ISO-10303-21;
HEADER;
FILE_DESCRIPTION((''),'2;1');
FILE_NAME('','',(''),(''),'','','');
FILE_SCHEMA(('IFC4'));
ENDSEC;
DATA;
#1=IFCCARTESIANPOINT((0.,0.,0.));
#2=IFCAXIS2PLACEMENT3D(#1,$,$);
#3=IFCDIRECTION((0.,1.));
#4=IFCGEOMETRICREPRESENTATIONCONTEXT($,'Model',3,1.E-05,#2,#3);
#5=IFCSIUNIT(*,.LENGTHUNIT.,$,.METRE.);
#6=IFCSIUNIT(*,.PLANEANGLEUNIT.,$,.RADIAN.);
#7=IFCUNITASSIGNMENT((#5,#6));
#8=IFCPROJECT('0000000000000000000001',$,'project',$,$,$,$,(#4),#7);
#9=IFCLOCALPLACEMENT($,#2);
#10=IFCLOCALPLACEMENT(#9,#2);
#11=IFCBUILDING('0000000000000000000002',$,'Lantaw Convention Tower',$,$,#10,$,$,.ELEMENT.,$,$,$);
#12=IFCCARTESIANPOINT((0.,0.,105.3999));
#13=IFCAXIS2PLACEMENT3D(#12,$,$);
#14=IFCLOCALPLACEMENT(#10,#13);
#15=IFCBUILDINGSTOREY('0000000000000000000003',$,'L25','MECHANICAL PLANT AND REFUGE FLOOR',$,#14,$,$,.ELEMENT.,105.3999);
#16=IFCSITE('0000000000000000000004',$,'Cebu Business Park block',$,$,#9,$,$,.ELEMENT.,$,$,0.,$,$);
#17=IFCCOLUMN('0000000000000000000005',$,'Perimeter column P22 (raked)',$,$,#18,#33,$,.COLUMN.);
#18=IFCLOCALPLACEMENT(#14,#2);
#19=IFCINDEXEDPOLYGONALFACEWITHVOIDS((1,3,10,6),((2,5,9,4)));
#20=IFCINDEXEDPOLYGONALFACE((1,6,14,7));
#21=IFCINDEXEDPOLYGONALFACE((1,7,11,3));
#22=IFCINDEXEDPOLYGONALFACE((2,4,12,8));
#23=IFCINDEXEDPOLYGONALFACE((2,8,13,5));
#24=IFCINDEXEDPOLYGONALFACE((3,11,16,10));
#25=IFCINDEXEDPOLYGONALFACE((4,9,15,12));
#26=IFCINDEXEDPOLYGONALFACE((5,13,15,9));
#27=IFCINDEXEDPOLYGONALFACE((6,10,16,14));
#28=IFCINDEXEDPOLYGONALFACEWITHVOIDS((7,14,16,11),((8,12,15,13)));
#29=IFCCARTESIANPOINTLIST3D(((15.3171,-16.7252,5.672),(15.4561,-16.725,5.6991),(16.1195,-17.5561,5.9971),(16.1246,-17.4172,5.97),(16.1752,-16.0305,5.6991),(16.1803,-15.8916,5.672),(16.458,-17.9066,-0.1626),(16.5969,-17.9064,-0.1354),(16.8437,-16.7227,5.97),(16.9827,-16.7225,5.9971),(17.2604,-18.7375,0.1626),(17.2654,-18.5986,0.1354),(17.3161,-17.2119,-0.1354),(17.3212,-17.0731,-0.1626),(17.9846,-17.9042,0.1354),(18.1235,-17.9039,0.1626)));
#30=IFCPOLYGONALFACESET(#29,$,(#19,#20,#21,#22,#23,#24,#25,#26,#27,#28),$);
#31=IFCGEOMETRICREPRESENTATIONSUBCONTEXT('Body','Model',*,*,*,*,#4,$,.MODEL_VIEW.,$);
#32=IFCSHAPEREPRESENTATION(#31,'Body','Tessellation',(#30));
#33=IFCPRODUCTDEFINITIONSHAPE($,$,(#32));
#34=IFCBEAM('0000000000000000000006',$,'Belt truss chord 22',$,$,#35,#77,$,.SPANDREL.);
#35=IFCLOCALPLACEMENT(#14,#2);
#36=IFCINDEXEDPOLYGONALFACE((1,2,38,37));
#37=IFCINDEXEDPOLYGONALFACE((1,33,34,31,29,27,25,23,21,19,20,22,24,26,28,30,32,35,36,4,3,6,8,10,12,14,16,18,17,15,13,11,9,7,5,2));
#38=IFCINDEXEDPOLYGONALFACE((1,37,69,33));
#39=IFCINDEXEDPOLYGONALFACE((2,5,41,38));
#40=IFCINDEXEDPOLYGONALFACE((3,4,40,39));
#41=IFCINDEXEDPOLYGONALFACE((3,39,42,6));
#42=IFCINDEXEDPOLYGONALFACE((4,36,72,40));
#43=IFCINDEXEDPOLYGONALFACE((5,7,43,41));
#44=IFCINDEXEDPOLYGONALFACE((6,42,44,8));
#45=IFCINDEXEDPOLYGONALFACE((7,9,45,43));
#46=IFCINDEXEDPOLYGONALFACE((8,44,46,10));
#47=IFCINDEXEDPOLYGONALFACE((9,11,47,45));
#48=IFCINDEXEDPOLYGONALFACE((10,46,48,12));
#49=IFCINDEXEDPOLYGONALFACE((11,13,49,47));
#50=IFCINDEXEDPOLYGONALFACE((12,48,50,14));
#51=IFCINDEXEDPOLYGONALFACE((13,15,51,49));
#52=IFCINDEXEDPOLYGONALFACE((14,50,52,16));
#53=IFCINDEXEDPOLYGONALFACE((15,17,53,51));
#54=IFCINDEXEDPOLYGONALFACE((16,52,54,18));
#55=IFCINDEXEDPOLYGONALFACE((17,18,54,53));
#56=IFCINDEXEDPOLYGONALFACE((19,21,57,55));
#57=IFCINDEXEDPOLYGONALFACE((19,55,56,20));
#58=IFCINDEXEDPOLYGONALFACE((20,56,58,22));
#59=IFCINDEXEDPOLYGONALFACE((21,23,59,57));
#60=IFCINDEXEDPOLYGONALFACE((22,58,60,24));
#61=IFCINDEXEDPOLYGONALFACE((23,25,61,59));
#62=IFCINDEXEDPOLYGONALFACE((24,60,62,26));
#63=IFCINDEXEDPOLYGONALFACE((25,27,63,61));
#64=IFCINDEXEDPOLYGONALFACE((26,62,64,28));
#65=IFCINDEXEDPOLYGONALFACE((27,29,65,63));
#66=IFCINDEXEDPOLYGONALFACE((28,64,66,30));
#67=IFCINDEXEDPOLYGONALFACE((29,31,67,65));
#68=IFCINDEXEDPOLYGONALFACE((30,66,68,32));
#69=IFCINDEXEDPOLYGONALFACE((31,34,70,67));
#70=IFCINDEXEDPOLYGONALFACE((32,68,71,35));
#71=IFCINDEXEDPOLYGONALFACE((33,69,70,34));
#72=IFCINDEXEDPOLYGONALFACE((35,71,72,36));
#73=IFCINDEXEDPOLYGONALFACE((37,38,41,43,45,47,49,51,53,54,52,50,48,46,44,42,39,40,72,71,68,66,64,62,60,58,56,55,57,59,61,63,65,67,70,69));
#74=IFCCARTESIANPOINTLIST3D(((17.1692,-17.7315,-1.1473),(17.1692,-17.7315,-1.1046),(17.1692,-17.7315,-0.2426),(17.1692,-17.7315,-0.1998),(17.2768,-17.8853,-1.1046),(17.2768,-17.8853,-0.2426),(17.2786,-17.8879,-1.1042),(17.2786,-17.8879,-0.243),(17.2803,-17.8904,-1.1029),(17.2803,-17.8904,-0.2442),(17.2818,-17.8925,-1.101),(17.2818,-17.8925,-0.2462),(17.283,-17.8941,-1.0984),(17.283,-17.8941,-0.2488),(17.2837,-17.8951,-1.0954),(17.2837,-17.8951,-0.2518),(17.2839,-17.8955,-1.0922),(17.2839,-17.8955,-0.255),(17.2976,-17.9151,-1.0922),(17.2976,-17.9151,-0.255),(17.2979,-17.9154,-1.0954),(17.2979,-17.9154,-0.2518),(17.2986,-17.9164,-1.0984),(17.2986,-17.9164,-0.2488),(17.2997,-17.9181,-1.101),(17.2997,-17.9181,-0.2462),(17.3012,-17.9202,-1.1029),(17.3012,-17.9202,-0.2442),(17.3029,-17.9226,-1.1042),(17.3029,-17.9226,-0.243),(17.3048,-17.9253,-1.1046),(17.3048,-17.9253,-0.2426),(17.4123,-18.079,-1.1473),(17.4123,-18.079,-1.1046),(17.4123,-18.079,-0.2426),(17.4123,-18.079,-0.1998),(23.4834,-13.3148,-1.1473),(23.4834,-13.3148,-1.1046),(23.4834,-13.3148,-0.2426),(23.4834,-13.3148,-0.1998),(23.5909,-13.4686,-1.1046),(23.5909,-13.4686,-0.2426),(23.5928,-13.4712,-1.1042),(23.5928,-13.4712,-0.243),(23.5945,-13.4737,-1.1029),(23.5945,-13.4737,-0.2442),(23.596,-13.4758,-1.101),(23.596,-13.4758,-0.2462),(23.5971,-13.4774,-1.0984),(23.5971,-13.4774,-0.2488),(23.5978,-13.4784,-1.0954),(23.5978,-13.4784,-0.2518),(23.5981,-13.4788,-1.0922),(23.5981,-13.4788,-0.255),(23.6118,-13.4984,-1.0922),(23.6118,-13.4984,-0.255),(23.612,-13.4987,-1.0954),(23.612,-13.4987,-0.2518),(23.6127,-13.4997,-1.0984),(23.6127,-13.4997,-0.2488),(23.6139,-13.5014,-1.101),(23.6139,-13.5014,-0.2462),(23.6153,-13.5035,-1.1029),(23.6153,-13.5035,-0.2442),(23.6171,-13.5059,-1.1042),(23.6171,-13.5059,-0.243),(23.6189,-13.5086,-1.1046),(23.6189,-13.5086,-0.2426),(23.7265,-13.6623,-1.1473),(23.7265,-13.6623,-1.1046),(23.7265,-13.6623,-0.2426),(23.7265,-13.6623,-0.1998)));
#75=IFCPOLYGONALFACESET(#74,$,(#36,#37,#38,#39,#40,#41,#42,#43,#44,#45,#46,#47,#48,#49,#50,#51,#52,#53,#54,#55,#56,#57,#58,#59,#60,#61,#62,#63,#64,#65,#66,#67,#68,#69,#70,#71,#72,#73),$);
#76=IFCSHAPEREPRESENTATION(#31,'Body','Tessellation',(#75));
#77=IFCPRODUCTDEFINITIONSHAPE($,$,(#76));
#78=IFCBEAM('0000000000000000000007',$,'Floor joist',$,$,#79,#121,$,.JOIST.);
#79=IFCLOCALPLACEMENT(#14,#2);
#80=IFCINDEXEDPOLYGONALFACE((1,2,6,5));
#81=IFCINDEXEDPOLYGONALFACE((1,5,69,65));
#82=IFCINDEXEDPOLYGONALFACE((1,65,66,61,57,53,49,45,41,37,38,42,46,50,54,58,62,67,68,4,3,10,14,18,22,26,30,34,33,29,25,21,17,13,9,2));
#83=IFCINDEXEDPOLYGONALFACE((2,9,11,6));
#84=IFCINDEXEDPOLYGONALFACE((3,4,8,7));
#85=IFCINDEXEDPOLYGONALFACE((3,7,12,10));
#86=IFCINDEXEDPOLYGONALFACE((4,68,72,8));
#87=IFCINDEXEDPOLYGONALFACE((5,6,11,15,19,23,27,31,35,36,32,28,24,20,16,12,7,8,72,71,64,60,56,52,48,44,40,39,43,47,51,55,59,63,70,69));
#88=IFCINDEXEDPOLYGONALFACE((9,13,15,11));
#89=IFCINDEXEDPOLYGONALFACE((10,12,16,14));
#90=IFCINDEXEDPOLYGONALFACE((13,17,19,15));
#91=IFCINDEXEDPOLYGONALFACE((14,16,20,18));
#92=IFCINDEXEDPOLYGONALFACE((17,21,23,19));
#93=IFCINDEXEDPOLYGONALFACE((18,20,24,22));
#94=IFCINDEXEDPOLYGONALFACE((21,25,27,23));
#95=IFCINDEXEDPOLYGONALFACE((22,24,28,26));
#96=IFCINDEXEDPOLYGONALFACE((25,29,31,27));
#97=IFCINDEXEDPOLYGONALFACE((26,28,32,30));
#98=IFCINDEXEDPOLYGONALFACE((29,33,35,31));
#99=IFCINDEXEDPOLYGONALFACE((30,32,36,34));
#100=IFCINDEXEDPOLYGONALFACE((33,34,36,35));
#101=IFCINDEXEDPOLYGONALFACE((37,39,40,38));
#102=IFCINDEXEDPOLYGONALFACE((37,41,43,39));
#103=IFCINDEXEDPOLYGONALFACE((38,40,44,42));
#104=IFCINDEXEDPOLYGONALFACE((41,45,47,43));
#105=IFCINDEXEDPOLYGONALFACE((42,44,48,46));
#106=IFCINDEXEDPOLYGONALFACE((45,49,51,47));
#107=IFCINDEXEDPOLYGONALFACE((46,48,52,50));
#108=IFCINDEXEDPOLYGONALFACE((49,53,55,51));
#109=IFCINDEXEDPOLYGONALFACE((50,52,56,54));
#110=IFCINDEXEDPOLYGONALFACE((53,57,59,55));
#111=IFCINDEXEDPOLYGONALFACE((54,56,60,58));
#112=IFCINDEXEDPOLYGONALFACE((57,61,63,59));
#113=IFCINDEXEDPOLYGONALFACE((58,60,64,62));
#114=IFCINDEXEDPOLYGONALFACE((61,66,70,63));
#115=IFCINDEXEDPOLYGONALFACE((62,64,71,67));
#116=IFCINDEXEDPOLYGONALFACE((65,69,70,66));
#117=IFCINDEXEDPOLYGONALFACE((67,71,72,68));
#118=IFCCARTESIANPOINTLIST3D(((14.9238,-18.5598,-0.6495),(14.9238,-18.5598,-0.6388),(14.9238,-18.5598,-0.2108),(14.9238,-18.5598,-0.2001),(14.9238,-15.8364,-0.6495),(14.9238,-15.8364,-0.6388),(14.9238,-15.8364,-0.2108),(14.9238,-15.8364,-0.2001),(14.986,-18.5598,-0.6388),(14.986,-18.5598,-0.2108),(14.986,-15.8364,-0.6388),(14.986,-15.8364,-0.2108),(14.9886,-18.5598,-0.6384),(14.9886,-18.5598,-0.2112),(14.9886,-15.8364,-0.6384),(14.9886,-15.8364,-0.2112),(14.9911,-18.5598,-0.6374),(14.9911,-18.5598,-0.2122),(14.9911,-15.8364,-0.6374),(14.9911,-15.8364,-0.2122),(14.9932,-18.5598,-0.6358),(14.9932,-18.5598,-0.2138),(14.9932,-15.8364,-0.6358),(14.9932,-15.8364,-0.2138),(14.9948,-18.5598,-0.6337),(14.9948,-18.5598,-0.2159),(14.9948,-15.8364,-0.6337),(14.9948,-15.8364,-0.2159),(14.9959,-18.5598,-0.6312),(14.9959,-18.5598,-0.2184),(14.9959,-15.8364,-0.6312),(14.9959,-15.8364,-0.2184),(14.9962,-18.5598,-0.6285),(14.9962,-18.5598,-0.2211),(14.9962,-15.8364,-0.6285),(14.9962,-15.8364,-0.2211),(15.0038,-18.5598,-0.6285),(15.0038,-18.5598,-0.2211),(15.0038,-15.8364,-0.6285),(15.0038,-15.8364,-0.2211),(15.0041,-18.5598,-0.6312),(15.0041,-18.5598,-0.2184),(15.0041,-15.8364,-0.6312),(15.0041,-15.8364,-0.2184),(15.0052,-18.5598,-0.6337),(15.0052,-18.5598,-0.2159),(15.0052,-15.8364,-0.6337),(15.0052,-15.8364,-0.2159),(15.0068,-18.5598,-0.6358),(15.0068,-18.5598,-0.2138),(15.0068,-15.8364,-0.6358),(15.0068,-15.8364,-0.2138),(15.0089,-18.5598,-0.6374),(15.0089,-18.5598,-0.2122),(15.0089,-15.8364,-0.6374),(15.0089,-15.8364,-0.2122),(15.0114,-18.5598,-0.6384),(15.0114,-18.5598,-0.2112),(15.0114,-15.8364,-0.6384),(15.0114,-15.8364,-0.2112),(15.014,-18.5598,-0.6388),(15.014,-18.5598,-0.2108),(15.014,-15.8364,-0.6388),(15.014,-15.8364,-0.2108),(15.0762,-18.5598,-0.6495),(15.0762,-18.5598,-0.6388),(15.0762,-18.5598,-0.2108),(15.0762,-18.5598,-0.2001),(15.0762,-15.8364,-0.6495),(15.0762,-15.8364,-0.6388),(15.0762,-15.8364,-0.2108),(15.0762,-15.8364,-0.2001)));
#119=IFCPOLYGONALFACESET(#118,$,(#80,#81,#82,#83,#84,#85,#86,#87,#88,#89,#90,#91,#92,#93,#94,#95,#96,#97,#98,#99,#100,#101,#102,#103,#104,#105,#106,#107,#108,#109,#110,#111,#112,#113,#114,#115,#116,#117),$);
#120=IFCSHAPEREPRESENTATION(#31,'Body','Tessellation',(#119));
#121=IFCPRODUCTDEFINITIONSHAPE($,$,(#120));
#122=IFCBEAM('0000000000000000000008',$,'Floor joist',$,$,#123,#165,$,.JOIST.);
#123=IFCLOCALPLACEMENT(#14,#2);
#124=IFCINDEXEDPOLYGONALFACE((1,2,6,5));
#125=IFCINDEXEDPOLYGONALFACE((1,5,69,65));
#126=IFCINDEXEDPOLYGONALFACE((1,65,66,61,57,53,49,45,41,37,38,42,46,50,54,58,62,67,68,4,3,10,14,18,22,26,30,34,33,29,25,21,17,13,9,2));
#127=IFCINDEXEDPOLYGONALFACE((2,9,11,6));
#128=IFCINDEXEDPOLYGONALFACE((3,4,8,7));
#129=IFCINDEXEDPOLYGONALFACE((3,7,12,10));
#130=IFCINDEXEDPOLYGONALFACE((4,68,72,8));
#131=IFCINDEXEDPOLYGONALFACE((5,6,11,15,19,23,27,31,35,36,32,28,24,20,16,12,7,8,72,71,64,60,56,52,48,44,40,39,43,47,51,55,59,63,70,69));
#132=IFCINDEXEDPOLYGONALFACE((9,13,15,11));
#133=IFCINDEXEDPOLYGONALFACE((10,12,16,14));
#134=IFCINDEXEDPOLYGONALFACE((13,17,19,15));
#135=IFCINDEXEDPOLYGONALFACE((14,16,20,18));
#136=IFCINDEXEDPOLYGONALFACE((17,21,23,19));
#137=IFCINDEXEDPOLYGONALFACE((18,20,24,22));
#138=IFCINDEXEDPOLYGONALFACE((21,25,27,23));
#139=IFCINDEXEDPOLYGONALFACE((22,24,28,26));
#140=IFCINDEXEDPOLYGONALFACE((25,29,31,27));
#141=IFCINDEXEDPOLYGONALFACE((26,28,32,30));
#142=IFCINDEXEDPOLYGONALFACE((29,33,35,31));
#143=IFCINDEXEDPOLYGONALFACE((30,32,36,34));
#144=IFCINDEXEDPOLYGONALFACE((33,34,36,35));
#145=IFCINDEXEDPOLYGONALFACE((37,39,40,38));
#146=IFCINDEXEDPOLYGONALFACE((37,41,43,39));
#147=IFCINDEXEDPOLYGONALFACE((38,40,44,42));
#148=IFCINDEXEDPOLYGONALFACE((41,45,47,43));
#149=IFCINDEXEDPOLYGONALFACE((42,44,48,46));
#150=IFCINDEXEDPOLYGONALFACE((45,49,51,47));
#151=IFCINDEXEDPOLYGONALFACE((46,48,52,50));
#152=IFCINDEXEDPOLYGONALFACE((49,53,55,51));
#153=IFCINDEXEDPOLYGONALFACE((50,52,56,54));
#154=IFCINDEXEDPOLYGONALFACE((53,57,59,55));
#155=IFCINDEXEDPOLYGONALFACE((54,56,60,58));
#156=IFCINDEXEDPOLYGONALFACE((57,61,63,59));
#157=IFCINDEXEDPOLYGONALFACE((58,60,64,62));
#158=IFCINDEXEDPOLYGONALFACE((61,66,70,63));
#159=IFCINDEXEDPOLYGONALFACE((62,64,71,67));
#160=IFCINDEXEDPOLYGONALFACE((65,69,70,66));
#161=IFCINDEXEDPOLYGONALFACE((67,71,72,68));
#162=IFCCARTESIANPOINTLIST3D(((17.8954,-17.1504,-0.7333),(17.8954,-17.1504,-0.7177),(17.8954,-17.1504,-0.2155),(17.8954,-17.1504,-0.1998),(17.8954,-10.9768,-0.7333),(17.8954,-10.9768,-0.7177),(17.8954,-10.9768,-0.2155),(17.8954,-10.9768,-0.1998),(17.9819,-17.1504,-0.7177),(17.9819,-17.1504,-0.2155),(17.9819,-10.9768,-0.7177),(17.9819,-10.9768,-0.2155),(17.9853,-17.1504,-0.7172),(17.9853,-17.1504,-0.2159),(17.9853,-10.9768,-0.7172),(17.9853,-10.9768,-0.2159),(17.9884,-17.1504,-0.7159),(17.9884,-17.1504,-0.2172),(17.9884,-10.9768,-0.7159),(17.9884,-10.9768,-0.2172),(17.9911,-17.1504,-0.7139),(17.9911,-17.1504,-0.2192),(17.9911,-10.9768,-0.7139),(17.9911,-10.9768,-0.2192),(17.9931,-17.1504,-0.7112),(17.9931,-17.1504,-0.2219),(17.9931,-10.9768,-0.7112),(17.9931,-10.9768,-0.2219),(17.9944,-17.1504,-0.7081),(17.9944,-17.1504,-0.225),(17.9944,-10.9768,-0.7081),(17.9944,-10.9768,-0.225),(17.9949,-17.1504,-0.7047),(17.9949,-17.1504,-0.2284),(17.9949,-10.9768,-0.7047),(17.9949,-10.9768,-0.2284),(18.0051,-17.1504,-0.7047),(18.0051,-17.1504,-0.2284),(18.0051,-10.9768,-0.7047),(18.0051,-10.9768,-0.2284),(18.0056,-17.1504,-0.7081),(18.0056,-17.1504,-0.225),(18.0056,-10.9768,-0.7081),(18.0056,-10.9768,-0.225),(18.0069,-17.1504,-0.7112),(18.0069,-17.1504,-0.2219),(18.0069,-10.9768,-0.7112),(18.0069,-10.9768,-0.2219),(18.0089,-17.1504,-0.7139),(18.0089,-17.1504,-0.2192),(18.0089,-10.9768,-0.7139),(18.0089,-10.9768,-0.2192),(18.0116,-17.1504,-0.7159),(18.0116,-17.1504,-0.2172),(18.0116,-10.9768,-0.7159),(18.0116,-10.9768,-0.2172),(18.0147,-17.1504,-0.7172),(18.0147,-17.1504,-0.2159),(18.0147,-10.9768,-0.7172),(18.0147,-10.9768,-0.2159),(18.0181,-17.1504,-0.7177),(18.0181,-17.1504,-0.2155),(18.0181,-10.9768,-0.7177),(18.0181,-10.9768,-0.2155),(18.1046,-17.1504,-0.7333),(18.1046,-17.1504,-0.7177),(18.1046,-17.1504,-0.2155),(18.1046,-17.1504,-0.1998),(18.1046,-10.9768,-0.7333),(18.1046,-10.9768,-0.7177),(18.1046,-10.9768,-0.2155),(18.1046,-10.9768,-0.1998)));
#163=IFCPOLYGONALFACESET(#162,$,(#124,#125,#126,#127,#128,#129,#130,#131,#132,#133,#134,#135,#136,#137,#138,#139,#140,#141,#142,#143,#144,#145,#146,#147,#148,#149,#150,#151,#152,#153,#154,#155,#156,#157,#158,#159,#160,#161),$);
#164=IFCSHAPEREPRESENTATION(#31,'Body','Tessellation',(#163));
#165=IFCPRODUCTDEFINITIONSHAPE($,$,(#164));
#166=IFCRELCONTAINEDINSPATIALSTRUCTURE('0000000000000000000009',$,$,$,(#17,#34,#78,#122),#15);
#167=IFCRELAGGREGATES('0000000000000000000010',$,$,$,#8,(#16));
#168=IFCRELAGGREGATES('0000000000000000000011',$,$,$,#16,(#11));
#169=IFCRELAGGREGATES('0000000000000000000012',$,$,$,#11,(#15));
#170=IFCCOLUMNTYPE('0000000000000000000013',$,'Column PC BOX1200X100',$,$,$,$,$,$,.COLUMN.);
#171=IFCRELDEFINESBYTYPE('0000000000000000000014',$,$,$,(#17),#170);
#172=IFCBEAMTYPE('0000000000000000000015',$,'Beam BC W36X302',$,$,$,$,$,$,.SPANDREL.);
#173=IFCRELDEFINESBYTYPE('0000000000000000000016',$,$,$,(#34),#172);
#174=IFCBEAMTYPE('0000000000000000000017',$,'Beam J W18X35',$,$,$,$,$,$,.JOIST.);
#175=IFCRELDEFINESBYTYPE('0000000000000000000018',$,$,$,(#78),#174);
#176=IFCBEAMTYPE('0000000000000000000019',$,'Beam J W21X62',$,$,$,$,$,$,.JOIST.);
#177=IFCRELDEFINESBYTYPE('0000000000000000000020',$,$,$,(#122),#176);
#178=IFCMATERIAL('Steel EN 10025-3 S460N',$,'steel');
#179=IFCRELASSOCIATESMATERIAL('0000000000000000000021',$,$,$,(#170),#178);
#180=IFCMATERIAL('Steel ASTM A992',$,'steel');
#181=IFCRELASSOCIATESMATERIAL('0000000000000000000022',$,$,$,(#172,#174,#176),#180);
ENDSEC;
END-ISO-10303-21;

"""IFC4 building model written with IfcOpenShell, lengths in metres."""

from ifc_helpers import new_model, si_unit, direction, frame, origin, origin_2d, place, context, subcontext, project, spatial, rectangle, hollow_rectangle, i_section, extrude, material, material_profile, profile_set, type_object, element, save


model = new_model("IFC4")

# Units and contexts
model_context = context("Model", 3, precision=1e-05, world=origin(), true_north=direction((0.0, 1.0)))
body_context = subcontext(model_context, "Body", "Model", "MODEL_VIEW")
ifc_project = project(units=[si_unit("LENGTHUNIT", "METRE"), si_unit("PLANEANGLEUNIT", "RADIAN")], contexts=[model_context])

# Site, building, storey
site_placement = place(None, origin())
site = spatial("IfcSite", under=ifc_project, at=site_placement, Name="Cebu Business Park block", CompositionType="ELEMENT", RefElevation=0.0)
building_placement = place(site_placement, origin())
building = spatial("IfcBuilding", under=site, at=building_placement, Name="Lantaw Convention Tower", CompositionType="ELEMENT")
storey_placement = place(building_placement, frame((0.0, 0.0, 105.3999)))
storey = spatial("IfcBuildingStorey", under=building, at=storey_placement, Name="L25", Description="MECHANICAL PLANT AND REFUGE FLOOR", CompositionType="ELEMENT", Elevation=105.3999)

# Column
ifc_material_1 = material(Name="Steel EN 10025-3 S460N", Category="steel")
ifc_material_profile_1 = material_profile(ifc_material_1, hollow_rectangle(XDim=1.2, YDim=1.2, WallThickness=0.1001, at=origin_2d()), Name="BOX1200X100")
ifc_material_2 = material(Name="Concrete C60/75", Category="concrete")
ifc_material_profile_2 = material_profile(ifc_material_2, rectangle(XDim=1.0, YDim=1.0, at=origin_2d()), Name="Concrete fill of BOX1200X100")
ifc_profile_set_1 = profile_set([ifc_material_profile_1, ifc_material_profile_2], Name="Steel EN 10025-3 S460N")
column_type = type_object("IfcColumnType", Name="Column PC BOX1200X100", PredefinedType="COLUMN", material=ifc_profile_set_1)
column_placement = place(storey_placement, frame((17.2908, -17.9053, 0.0), z_axis=(-0.188224, 0.194911, 0.962591), x_axis=(-0.719337, -0.694661, 0.0)))
element("IfcColumn", 1, at=column_placement, inside=storey, type_object=column_type, Name="Perimeter column P22 (raked)", PredefinedType="COLUMN", context=body_context, shape_type="SweptSolid", body=[
    extrude(hollow_rectangle(XDim=1.2, YDim=1.2, WallThickness=0.1001, at=origin_2d()), origin(), (0.0, 0.0, 1.0), 6.0613),
])

# Beams
ifc_material_3 = material(Name="Steel ASTM A992", Category="steel")
ifc_material_profile_3 = material_profile(ifc_material_3, i_section(OverallWidth=0.4241, OverallDepth=0.9475, WebThickness=0.0239, FlangeThickness=0.0427, FilletRadius=0.0125, at=origin_2d()), Name="W36X302")
ifc_profile_set_2 = profile_set([ifc_material_profile_3], Name="Steel ASTM A992")
beam_type_1 = type_object("IfcBeamType", Name="Beam BC W36X302", PredefinedType="SPANDREL", material=ifc_profile_set_2)
beam_1_placement = place(storey_placement, frame((17.2908, -17.9053, -0.6736), z_axis=(0.819427, 0.573184, 0.0), x_axis=(-0.573184, 0.819427, 0.0)))
element("IfcBeam", 2, at=beam_1_placement, inside=storey, type_object=beam_type_1, Name="Belt truss chord 22", PredefinedType="SPANDREL", context=body_context, shape_type="SweptSolid", body=[
    extrude(i_section(OverallWidth=0.4241, OverallDepth=0.9475, WebThickness=0.0239, FlangeThickness=0.0427, FilletRadius=0.0125, at=origin_2d()), origin(), (0.0, 0.0, 1.0), 7.7056),
])
ifc_material_profile_4 = material_profile(ifc_material_3, i_section(OverallWidth=0.1523, OverallDepth=0.4495, WebThickness=0.0076, FlangeThickness=0.0107, FilletRadius=0.0103, at=origin_2d()), Name="W18X35")
ifc_profile_set_3 = profile_set([ifc_material_profile_4], Name="Steel ASTM A992")
beam_type_2 = type_object("IfcBeamType", Name="Beam J W18X35", PredefinedType="JOIST", material=ifc_profile_set_3)
beam_2_placement = place(storey_placement, frame((15.0, -18.5598, -0.4248), z_axis=(0.0, 1.0, 0.0), x_axis=(-1.0, 0.0, 0.0)))
element("IfcBeam", 3, at=beam_2_placement, inside=storey, type_object=beam_type_2, Name="Floor joist", PredefinedType="JOIST", context=body_context, shape_type="SweptSolid", body=[
    extrude(i_section(OverallWidth=0.1523, OverallDepth=0.4495, WebThickness=0.0076, FlangeThickness=0.0107, FilletRadius=0.0103, at=origin_2d()), origin(), (0.0, 0.0, 1.0), 2.7234),
])
ifc_material_profile_5 = material_profile(ifc_material_3, i_section(OverallWidth=0.2092, OverallDepth=0.5334, WebThickness=0.0103, FlangeThickness=0.0156, FilletRadius=0.0129, at=origin_2d()), Name="W21X62")
ifc_profile_set_4 = profile_set([ifc_material_profile_5], Name="Steel ASTM A992")
beam_type_3 = type_object("IfcBeamType", Name="Beam J W21X62", PredefinedType="JOIST", material=ifc_profile_set_4)
beam_3_placement = place(storey_placement, frame((18.0, -17.1504, -0.4666), z_axis=(0.0, 1.0, 0.0), x_axis=(-1.0, 0.0, 0.0)))
element("IfcBeam", 4, at=beam_3_placement, inside=storey, type_object=beam_type_3, Name="Floor joist", PredefinedType="JOIST", context=body_context, shape_type="SweptSolid", body=[
    extrude(i_section(OverallWidth=0.2092, OverallDepth=0.5334, WebThickness=0.0103, FlangeThickness=0.0156, FilletRadius=0.0129, at=origin_2d()), origin(), (0.0, 0.0, 1.0), 6.1736),
])

save(model, "model.ifc")
